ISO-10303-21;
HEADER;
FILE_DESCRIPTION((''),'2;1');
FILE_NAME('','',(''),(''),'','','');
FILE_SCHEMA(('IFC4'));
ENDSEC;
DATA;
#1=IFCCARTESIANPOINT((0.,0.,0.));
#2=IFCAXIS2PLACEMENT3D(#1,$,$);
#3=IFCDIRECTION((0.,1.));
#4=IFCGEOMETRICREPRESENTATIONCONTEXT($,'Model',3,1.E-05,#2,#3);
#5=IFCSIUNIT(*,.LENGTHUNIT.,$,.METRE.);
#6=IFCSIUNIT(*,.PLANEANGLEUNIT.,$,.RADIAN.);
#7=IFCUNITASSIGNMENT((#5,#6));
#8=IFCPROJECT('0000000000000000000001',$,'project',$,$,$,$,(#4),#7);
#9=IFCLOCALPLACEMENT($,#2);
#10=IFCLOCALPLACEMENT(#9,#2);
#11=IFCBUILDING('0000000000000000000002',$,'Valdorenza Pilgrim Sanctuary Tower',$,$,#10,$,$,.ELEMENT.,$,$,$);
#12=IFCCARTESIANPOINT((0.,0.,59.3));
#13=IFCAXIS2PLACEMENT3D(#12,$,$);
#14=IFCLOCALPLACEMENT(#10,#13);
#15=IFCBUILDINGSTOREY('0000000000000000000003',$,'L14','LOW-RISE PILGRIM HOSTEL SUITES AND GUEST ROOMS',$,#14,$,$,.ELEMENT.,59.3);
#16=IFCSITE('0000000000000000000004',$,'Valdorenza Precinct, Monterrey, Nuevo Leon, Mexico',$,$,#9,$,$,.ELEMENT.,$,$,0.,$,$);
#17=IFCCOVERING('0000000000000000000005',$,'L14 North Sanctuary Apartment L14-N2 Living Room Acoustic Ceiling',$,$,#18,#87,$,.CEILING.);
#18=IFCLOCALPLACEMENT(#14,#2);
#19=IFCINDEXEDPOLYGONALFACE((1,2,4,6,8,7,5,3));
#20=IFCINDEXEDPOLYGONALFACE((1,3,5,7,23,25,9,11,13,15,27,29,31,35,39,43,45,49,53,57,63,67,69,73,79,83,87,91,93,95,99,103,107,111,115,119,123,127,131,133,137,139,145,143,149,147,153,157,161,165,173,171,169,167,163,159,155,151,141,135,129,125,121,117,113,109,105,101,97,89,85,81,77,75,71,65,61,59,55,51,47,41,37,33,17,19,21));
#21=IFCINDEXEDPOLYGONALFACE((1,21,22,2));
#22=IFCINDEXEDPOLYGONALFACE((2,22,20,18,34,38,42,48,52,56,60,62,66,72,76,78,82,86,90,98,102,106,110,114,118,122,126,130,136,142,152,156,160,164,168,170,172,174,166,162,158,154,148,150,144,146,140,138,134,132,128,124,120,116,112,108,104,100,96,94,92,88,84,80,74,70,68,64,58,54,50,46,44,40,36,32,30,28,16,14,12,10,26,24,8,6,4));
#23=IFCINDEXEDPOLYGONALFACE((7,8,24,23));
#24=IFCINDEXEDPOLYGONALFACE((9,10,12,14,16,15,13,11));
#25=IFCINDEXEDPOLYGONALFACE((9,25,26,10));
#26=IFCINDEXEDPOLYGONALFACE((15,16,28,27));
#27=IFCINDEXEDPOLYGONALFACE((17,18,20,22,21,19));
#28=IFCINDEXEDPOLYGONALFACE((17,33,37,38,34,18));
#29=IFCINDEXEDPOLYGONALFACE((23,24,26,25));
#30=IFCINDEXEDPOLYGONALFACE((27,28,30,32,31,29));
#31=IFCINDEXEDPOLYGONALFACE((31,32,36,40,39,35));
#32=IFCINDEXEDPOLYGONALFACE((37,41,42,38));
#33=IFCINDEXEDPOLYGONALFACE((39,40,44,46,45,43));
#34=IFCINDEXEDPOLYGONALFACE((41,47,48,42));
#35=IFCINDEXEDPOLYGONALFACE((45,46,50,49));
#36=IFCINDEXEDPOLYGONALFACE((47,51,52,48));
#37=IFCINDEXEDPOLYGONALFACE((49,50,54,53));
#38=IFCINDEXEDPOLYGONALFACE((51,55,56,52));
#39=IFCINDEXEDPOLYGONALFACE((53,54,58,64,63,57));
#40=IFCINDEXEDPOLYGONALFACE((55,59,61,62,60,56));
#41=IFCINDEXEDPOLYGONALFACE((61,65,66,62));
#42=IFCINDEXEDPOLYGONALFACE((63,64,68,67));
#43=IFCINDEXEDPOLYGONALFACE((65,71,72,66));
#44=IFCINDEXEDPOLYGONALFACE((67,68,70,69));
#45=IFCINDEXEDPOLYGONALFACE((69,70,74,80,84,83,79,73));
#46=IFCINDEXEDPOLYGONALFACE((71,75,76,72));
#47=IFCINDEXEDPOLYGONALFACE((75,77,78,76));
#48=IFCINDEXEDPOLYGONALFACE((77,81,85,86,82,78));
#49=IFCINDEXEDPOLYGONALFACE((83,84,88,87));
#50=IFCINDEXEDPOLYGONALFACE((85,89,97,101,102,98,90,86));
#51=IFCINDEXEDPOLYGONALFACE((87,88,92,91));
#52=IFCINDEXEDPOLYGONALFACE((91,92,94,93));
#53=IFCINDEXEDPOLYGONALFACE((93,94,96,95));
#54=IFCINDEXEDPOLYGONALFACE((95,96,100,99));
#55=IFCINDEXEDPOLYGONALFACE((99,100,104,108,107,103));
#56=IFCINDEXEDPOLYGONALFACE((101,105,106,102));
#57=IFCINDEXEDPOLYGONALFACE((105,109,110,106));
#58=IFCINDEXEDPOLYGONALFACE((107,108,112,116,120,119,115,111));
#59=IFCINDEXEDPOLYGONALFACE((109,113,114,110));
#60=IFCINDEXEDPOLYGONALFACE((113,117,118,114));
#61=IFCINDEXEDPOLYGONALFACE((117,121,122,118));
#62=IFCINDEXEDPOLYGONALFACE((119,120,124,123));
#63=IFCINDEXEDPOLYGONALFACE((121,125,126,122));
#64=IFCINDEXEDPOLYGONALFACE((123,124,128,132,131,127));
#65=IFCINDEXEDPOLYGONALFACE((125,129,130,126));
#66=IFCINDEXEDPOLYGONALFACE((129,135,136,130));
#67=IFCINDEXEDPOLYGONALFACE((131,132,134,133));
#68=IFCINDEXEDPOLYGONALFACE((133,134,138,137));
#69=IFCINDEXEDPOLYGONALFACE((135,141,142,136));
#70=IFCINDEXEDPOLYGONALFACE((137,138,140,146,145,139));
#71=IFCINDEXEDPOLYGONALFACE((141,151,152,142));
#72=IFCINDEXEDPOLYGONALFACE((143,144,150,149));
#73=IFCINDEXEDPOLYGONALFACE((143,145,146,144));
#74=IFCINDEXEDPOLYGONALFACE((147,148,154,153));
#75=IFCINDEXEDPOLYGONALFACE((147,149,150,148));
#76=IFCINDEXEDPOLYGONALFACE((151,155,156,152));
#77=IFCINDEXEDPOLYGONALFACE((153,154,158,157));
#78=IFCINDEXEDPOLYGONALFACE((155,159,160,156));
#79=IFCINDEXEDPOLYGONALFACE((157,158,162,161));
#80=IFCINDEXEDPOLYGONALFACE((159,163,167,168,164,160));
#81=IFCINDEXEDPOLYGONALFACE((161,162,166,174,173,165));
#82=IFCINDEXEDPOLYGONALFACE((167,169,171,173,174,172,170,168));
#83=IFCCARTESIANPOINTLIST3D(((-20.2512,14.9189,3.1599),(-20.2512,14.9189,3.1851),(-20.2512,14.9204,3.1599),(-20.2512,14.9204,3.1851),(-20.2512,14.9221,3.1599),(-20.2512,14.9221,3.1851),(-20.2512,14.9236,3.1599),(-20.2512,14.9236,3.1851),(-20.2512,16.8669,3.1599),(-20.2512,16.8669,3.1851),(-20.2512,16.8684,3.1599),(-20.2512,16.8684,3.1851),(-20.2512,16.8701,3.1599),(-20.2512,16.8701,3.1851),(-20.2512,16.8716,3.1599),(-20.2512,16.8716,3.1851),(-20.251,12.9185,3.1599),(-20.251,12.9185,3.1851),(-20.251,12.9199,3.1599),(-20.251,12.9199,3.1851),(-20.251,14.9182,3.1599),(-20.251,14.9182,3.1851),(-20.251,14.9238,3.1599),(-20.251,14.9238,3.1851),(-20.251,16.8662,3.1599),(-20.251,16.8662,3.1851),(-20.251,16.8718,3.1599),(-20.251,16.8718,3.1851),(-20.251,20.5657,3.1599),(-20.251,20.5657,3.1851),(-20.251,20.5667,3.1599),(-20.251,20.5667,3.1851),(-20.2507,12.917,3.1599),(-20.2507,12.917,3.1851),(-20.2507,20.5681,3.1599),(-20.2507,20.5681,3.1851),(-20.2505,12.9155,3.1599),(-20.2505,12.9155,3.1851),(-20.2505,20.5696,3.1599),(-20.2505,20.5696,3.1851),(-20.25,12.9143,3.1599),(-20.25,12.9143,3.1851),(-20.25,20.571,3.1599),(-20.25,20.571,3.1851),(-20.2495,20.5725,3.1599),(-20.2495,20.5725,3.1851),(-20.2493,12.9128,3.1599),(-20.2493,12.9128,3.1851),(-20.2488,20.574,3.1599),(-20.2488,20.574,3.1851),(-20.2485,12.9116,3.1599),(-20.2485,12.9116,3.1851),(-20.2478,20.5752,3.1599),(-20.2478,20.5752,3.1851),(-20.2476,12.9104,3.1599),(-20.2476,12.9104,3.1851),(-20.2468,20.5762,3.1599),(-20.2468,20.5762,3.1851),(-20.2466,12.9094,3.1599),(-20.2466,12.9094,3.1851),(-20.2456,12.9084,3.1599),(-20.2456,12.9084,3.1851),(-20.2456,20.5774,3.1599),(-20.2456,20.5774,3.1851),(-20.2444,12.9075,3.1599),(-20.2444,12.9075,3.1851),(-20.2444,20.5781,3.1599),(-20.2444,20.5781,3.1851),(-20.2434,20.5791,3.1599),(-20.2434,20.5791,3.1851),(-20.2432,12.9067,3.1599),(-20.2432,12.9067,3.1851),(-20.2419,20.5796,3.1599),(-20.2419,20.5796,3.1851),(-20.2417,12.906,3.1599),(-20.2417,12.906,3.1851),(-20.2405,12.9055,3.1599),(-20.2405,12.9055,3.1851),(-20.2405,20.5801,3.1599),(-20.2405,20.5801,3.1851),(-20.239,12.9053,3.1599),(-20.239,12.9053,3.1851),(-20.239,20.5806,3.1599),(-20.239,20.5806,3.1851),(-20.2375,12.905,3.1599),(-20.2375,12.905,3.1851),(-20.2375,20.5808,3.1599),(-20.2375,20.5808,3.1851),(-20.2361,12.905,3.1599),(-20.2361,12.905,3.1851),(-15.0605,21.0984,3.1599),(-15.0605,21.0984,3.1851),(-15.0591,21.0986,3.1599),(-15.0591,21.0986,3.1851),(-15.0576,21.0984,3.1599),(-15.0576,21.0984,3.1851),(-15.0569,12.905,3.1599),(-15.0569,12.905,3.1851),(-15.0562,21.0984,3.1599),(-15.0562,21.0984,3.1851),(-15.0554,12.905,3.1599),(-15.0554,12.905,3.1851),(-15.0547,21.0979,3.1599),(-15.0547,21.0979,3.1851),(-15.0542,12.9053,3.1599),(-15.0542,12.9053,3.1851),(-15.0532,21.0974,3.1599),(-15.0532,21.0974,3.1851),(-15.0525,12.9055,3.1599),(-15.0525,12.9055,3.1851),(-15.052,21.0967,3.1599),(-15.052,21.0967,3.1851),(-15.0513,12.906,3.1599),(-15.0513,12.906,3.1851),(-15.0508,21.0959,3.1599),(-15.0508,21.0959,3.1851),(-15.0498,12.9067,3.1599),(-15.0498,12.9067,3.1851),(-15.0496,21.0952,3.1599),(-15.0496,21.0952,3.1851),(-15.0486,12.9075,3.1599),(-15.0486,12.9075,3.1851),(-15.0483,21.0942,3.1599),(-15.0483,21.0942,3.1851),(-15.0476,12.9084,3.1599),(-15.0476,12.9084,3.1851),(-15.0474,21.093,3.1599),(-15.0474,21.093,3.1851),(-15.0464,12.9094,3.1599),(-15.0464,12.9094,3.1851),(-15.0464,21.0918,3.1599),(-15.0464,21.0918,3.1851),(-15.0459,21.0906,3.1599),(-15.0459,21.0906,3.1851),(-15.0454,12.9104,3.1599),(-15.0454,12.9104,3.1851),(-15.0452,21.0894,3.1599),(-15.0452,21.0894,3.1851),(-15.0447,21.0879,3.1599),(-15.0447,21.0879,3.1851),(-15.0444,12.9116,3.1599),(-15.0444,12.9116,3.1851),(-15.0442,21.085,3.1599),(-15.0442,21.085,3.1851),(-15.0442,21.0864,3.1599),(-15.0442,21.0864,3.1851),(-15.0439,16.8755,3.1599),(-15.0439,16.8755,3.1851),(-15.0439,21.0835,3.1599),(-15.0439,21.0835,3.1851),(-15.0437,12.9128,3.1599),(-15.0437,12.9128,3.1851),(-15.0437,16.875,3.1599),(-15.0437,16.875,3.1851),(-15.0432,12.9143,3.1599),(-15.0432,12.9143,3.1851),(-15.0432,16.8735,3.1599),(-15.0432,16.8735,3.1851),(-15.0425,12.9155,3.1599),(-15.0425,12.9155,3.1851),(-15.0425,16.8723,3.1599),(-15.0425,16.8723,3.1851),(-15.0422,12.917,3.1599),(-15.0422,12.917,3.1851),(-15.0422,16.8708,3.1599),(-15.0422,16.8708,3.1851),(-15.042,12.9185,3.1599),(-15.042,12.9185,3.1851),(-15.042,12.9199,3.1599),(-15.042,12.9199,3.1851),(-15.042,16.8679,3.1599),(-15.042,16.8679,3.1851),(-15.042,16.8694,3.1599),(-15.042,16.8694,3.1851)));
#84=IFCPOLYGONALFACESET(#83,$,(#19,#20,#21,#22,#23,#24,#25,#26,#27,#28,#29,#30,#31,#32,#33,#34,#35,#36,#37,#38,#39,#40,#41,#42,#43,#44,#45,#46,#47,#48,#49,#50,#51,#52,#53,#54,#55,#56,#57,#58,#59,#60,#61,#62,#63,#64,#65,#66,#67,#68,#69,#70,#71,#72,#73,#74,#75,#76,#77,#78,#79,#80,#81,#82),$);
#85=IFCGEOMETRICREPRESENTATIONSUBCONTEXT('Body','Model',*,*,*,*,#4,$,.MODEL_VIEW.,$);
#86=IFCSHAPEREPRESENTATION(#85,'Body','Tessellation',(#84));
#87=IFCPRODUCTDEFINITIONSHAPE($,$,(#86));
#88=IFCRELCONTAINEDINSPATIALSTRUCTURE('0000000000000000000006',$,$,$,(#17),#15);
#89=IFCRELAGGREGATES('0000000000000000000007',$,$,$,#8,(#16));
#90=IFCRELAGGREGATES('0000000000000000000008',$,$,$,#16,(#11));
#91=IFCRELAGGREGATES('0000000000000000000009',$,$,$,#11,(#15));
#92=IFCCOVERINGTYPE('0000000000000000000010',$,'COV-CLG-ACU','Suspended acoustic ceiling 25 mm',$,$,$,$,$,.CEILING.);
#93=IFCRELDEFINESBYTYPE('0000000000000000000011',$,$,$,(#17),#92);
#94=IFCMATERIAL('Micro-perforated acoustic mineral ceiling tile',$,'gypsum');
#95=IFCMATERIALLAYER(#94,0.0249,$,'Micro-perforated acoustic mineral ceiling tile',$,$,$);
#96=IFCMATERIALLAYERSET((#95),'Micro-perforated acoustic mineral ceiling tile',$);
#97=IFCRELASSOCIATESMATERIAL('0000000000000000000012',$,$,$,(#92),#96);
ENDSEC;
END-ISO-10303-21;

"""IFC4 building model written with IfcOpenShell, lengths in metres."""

from ifc_helpers import new_model, si_unit, direction, frame, origin, place, context, subcontext, project, spatial, polyline, outline, extrude, material, layer, layer_set, type_object, element, save


model = new_model("IFC4")

# Units and contexts
model_context = context("Model", 3, precision=1e-05, world=origin(), true_north=direction((0.0, 1.0)))
body_context = subcontext(model_context, "Body", "Model", "MODEL_VIEW")
ifc_project = project(units=[si_unit("LENGTHUNIT", "METRE"), si_unit("PLANEANGLEUNIT", "RADIAN")], contexts=[model_context])

# Site, building, storey
site_placement = place(None, origin())
site = spatial("IfcSite", under=ifc_project, at=site_placement, Name="Valdorenza Precinct, Monterrey, Nuevo Leon, Mexico", CompositionType="ELEMENT", RefElevation=0.0)
building_placement = place(site_placement, origin())
building = spatial("IfcBuilding", under=site, at=building_placement, Name="Valdorenza Pilgrim Sanctuary Tower", CompositionType="ELEMENT")
storey_placement = place(building_placement, frame((0.0, 0.0, 59.3)))
storey = spatial("IfcBuildingStorey", under=building, at=storey_placement, Name="L14", Description="LOW-RISE PILGRIM HOSTEL SUITES AND GUEST ROOMS", CompositionType="ELEMENT", Elevation=59.3)

# Covering
ifc_material_1 = material(Name="Micro-perforated acoustic mineral ceiling tile", Category="gypsum")
ifc_layer_1 = layer(ifc_material_1, 0.0249, Name="Micro-perforated acoustic mineral ceiling tile")
ifc_layer_set_1 = layer_set([ifc_layer_1], Name="Micro-perforated acoustic mineral ceiling tile")
covering_type_1 = type_object("IfcCoveringType", Name="COV-CLG-ACU", Description="Suspended acoustic ceiling 25 mm", PredefinedType="CEILING", material=ifc_layer_set_1)
covering_1_placement = place(storey_placement, frame((0.0, 0.0, 3.1599)))
element("IfcCovering", 1, at=covering_1_placement, inside=storey, type_object=covering_type_1, Name="L14 North Sanctuary Apartment L14-N2 Living Room Acoustic Ceiling", PredefinedType="CEILING", context=body_context, shape_type="SweptSolid", body=[
    extrude(outline(polyline([(-20.251, 14.9182), (-20.2512, 14.9189), (-20.2512, 14.9204), (-20.2512, 14.9221), (-20.2512, 14.9236), (-20.251, 14.9238), (-20.251, 16.8662), (-20.2512, 16.8669), (-20.2512, 16.8684), (-20.2512, 16.8701), (-20.2512, 16.8716), (-20.251, 16.8718), (-20.251, 20.5657), (-20.251, 20.5657), (-20.251, 20.5667), (-20.2507, 20.5681), (-20.2505, 20.5696), (-20.25, 20.571), (-20.2495, 20.5725), (-20.2488, 20.574), (-20.2478, 20.5752), (-20.2468, 20.5762), (-20.2456, 20.5774), (-20.2444, 20.5781), (-20.2434, 20.5791), (-20.2419, 20.5796), (-20.2405, 20.5801), (-20.239, 20.5806), (-20.2375, 20.5808), (-15.0605, 21.0984), (-15.0591, 21.0986), (-15.0576, 21.0984), (-15.0562, 21.0984), (-15.0547, 21.0979), (-15.0532, 21.0974), (-15.052, 21.0967), (-15.0508, 21.0959), (-15.0496, 21.0952), (-15.0483, 21.0942), (-15.0474, 21.093), (-15.0464, 21.0918), (-15.0459, 21.0906), (-15.0452, 21.0894), (-15.0447, 21.0879), (-15.0442, 21.0864), (-15.0442, 21.085), (-15.0439, 21.0835), (-15.0439, 16.8755), (-15.0437, 16.875), (-15.0432, 16.8735), (-15.0425, 16.8723), (-15.0422, 16.8708), (-15.042, 16.8694), (-15.042, 16.8679), (-15.042, 12.9199), (-15.042, 12.9185), (-15.0422, 12.917), (-15.0425, 12.9155), (-15.0432, 12.9143), (-15.0437, 12.9128), (-15.0444, 12.9116), (-15.0454, 12.9104), (-15.0464, 12.9094), (-15.0476, 12.9084), (-15.0486, 12.9075), (-15.0498, 12.9067), (-15.0513, 12.906), (-15.0525, 12.9055), (-15.0542, 12.9053), (-15.0554, 12.905), (-15.0569, 12.905), (-20.2361, 12.905), (-20.2375, 12.905), (-20.239, 12.9053), (-20.2405, 12.9055), (-20.2417, 12.906), (-20.2432, 12.9067), (-20.2444, 12.9075), (-20.2456, 12.9084), (-20.2466, 12.9094), (-20.2476, 12.9104), (-20.2485, 12.9116), (-20.2493, 12.9128), (-20.25, 12.9143), (-20.2505, 12.9155), (-20.2507, 12.917), (-20.251, 12.9185), (-20.251, 12.9199), (-20.251, 14.9182)])), origin(), (0.0, 0.0, 1.0), 0.0251),
])

save(model, "model.ifc")
